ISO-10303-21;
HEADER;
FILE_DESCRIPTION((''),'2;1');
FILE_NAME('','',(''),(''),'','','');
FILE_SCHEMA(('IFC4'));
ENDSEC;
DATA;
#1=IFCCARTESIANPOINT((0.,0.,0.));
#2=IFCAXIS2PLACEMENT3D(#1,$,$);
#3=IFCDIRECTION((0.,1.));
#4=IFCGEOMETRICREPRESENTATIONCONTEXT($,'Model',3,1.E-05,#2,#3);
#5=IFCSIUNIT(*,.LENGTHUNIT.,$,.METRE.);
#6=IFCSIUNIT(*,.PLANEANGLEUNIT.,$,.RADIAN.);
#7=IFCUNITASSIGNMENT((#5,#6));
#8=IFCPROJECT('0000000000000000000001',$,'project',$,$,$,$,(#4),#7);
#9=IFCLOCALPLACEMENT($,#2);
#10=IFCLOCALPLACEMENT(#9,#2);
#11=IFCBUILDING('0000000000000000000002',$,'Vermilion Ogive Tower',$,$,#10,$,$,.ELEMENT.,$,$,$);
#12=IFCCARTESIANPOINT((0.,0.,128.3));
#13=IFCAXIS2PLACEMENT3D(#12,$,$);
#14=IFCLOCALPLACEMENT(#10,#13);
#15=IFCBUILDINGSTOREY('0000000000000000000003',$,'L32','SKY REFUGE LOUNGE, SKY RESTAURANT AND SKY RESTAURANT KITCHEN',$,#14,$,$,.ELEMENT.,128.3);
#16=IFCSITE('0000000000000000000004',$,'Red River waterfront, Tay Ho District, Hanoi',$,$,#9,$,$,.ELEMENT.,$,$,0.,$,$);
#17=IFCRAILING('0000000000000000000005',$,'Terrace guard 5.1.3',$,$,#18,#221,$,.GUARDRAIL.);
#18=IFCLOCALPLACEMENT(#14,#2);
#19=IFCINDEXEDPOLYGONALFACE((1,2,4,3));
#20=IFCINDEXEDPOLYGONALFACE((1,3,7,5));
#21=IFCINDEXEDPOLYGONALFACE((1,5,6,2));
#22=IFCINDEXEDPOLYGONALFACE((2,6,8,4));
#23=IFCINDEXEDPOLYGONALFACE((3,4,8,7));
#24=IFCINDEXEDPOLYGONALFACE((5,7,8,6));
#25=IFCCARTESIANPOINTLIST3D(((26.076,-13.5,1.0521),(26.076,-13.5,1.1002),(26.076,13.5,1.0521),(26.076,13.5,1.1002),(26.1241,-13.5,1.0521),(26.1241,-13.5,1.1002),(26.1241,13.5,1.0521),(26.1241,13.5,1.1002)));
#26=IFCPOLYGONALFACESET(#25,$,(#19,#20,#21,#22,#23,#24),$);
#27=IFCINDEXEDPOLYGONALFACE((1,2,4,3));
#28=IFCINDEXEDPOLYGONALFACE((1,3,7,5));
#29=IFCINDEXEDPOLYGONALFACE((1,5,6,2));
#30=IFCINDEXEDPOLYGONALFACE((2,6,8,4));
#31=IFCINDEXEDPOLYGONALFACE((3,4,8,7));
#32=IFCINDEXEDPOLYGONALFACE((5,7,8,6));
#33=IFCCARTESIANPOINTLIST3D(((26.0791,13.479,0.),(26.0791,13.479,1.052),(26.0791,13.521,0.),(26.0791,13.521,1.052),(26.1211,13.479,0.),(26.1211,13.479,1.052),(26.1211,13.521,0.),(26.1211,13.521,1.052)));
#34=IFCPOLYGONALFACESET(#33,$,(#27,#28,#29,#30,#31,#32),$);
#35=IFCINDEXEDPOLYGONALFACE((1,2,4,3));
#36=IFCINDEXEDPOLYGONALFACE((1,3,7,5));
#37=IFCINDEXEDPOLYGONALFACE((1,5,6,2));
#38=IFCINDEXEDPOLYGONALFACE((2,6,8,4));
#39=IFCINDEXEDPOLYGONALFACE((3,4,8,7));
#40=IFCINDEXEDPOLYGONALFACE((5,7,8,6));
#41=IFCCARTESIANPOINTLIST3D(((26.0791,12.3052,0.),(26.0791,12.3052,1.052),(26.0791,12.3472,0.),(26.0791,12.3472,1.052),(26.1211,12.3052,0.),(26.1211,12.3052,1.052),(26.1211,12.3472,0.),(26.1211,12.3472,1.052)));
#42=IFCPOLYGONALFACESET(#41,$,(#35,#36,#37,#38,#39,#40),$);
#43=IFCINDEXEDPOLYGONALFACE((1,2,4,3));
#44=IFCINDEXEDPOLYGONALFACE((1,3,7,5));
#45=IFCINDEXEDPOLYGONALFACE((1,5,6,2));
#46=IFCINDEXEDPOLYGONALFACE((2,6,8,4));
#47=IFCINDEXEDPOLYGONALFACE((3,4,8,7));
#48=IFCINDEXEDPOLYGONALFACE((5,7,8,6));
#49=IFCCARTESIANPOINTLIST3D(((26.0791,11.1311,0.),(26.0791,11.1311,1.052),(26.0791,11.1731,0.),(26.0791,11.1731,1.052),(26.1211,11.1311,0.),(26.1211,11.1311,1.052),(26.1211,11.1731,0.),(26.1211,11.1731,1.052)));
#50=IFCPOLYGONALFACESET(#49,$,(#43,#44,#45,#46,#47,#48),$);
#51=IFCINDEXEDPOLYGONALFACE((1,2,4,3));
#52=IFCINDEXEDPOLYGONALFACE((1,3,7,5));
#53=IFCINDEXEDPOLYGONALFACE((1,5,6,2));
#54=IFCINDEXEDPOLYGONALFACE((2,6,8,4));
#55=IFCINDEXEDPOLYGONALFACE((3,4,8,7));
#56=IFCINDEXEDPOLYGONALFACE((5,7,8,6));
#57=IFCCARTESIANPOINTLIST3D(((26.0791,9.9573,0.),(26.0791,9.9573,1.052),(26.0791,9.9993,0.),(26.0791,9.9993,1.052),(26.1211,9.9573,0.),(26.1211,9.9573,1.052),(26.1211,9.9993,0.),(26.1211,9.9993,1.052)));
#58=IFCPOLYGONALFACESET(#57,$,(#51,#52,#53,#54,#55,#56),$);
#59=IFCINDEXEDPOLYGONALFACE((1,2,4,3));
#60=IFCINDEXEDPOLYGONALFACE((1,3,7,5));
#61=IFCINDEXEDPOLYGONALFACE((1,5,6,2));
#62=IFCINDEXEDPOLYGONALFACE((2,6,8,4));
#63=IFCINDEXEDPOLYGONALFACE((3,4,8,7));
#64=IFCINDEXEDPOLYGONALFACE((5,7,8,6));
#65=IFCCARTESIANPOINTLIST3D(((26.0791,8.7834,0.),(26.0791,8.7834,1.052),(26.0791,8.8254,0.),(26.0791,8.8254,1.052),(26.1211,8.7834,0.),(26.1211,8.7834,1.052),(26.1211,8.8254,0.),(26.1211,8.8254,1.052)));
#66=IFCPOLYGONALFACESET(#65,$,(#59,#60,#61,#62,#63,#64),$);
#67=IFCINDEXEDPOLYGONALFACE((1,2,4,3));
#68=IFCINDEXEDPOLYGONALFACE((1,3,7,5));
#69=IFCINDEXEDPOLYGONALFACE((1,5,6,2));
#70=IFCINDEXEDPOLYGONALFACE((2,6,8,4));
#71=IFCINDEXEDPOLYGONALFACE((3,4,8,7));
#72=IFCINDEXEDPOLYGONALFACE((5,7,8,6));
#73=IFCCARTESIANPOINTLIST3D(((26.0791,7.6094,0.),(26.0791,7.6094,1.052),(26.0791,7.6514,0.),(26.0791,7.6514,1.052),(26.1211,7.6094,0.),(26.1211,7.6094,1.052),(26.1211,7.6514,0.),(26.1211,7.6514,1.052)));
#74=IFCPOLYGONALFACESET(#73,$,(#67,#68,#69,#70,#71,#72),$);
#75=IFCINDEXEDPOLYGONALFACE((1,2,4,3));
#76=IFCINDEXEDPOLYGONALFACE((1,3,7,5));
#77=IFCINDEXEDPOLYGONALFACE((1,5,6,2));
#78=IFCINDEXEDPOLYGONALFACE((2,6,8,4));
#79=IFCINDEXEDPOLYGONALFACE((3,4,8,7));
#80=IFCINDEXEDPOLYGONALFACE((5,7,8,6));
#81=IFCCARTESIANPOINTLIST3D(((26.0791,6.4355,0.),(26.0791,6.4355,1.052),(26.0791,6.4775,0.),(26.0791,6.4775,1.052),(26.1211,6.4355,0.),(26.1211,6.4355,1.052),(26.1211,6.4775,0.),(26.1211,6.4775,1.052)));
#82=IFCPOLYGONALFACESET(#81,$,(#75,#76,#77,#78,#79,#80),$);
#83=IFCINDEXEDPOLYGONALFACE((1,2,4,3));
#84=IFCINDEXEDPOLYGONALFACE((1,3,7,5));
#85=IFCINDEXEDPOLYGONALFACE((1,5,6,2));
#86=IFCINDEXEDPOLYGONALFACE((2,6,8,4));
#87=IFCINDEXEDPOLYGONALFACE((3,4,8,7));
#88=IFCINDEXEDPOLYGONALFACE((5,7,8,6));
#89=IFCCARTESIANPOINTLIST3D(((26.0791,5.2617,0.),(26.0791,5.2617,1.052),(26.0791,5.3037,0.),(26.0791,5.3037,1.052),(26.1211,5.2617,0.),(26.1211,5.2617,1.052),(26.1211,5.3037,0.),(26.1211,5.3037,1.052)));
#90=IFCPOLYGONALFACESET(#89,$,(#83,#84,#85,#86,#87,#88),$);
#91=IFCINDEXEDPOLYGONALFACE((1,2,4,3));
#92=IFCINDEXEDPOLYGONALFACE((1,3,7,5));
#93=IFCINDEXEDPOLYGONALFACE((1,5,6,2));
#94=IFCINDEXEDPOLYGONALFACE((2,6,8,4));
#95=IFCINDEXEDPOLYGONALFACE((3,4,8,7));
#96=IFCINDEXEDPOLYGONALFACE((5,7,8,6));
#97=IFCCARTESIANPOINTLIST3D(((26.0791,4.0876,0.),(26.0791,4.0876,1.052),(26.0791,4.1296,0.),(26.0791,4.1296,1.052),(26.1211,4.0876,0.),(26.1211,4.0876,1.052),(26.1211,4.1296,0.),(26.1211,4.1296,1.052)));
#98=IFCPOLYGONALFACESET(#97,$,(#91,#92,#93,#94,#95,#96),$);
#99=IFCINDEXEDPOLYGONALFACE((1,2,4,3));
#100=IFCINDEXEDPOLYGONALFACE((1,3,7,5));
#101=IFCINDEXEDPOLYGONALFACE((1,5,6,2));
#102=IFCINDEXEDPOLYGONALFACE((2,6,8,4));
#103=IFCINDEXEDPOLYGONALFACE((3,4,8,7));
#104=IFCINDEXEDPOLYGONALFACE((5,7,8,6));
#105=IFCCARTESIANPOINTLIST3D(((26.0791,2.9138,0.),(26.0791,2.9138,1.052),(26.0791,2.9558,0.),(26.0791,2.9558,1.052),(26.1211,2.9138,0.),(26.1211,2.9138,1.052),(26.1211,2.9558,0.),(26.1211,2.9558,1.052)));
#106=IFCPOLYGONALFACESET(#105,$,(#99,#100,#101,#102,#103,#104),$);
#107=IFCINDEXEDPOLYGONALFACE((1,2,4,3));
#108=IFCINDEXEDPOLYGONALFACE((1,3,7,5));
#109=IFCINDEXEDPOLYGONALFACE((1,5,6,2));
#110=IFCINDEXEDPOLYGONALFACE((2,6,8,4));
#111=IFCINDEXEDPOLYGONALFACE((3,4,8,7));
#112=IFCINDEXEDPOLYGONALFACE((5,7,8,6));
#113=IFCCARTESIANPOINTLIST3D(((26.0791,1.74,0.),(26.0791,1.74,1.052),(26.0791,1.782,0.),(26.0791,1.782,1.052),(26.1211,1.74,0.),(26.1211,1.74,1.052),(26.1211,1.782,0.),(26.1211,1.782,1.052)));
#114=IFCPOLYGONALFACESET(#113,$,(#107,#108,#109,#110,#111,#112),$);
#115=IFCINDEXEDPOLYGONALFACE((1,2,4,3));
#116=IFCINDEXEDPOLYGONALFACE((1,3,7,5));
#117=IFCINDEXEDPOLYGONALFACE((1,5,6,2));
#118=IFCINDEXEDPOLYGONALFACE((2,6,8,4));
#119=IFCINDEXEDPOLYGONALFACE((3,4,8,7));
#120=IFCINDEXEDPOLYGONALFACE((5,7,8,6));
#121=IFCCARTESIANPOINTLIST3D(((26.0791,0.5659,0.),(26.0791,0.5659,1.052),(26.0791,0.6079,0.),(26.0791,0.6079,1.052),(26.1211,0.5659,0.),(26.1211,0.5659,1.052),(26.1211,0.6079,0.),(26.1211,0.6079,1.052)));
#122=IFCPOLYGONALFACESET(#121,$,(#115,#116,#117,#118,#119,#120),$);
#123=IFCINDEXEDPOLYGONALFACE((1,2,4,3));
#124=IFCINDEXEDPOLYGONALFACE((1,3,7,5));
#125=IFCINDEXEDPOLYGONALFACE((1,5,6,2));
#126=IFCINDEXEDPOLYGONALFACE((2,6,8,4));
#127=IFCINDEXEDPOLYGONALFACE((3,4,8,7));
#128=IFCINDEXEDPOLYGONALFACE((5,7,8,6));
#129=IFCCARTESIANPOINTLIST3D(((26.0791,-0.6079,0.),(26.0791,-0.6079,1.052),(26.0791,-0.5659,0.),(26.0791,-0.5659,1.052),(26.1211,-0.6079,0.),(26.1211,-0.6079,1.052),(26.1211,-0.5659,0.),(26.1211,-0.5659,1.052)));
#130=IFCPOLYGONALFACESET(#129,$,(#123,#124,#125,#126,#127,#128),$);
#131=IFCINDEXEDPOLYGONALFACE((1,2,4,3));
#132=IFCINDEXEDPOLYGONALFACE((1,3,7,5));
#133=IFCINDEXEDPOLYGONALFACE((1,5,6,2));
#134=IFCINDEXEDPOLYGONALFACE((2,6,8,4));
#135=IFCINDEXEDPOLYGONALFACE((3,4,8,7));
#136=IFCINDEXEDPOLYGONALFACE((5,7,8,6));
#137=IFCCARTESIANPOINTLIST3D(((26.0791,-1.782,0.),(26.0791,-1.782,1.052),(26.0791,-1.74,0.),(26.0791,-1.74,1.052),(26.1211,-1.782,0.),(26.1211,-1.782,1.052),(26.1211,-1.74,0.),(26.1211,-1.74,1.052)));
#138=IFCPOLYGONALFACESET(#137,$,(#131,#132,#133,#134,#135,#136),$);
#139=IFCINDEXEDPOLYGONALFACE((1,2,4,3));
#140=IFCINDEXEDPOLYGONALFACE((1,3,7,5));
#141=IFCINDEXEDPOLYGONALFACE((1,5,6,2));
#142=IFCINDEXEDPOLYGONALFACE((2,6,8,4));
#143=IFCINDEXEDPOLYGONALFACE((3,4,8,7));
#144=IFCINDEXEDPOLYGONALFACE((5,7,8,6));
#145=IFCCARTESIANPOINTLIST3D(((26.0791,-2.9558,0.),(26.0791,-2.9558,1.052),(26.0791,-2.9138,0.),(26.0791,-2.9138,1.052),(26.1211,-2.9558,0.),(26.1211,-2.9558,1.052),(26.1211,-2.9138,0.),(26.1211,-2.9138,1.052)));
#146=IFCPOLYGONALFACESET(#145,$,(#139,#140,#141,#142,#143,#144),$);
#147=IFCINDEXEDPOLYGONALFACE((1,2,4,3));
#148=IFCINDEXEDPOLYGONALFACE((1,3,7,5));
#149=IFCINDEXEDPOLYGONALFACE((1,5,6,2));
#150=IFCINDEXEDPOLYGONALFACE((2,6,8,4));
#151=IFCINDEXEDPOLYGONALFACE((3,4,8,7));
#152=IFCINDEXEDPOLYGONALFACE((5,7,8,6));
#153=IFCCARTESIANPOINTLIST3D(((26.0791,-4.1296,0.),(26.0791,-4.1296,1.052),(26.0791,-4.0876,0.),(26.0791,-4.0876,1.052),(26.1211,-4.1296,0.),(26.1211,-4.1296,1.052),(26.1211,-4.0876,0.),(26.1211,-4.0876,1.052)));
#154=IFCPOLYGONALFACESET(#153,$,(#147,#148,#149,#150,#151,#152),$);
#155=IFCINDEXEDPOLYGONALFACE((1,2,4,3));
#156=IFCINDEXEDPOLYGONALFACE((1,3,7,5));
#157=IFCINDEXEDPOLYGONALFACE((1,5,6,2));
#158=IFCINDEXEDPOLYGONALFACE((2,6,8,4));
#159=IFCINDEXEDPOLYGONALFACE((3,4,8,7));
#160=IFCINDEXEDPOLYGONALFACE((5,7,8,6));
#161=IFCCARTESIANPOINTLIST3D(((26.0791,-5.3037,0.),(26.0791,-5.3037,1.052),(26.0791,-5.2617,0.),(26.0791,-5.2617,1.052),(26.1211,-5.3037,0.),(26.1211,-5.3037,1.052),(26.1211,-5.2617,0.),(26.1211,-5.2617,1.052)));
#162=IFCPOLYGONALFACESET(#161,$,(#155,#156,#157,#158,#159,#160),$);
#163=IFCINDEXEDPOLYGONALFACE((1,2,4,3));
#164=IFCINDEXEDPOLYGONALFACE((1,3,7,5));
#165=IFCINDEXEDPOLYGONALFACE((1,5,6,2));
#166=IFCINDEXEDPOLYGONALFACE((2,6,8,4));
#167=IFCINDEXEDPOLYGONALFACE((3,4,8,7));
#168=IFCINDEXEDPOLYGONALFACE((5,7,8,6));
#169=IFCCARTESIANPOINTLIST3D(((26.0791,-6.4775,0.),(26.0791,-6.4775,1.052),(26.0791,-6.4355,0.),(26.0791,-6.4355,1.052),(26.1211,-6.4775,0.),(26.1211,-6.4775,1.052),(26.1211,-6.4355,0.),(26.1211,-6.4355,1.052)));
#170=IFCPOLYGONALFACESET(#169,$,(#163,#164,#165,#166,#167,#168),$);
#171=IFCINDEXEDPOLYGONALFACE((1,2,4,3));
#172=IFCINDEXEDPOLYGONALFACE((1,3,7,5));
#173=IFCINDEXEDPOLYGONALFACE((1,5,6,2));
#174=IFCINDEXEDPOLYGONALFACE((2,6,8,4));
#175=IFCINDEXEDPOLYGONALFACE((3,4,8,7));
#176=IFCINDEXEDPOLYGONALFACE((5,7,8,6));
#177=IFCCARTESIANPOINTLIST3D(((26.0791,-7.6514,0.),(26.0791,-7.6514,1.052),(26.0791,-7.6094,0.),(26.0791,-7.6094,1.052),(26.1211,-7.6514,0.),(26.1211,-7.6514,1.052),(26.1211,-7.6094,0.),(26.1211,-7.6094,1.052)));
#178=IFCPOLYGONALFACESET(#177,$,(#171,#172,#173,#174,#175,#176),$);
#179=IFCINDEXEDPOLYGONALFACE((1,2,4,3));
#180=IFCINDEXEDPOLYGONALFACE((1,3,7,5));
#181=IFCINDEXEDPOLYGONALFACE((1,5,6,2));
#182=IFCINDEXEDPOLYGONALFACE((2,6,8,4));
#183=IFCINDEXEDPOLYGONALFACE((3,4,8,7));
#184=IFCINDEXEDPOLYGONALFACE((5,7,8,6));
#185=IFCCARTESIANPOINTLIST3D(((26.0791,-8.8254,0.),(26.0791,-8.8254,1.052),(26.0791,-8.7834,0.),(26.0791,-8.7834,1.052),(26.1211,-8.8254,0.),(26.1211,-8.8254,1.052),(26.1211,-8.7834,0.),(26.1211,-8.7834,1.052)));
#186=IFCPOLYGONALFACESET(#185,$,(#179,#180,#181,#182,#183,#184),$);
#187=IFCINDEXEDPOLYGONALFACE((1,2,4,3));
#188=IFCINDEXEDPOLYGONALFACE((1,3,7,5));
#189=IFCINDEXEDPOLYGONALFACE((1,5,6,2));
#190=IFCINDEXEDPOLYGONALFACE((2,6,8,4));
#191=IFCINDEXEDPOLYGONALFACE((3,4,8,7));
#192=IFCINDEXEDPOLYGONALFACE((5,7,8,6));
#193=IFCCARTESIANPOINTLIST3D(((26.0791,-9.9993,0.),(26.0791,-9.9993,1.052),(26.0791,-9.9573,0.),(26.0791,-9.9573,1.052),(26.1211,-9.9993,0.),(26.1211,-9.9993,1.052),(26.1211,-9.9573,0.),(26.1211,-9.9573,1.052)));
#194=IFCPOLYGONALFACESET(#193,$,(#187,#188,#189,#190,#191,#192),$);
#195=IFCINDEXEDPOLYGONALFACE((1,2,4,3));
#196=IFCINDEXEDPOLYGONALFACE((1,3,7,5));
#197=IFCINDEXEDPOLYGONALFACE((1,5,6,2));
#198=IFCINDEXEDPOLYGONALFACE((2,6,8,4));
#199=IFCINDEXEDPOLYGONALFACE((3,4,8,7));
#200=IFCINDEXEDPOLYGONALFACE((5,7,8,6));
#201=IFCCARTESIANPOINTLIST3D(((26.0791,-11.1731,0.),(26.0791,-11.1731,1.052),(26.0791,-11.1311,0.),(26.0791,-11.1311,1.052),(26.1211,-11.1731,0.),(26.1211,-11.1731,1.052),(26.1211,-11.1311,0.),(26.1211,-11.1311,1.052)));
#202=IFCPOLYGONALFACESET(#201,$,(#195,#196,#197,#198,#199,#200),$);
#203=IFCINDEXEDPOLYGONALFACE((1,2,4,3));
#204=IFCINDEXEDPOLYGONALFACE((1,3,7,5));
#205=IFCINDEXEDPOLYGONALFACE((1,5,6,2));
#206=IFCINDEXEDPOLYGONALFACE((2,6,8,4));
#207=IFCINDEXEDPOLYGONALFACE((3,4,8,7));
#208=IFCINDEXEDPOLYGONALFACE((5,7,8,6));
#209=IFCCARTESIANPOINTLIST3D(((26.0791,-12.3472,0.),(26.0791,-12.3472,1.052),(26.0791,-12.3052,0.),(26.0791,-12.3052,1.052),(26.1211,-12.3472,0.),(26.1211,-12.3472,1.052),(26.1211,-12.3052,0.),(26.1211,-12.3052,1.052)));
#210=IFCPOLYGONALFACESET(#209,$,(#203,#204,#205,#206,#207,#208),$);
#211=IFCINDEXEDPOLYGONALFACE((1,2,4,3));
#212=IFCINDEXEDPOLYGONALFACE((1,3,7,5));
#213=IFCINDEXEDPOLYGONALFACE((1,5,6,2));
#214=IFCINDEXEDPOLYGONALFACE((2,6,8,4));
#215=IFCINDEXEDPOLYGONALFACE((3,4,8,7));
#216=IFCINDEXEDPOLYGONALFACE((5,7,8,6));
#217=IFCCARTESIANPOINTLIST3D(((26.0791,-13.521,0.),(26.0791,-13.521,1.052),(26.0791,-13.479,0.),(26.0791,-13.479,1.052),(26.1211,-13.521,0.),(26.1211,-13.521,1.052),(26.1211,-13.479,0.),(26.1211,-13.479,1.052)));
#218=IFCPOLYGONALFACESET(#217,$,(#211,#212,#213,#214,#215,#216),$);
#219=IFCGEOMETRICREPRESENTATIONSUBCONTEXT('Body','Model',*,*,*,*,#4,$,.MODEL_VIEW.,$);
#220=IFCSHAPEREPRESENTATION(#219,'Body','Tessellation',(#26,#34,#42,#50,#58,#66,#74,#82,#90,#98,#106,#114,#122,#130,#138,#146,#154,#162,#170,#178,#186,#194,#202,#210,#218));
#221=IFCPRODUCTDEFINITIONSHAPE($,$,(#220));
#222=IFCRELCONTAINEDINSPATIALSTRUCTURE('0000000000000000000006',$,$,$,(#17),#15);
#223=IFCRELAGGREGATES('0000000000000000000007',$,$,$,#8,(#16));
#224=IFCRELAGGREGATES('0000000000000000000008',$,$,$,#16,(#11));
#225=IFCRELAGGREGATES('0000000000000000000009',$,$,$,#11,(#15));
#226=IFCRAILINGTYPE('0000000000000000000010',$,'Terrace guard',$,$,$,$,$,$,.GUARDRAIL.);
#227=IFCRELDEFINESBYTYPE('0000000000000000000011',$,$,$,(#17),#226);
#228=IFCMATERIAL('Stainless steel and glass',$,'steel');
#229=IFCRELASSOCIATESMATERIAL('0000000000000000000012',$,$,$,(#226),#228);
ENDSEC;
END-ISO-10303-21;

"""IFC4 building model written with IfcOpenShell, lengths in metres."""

from ifc_helpers import new_model, si_unit, direction, frame, origin, origin_2d, place, context, subcontext, project, spatial, rectangle, extrude, material, type_object, element, save


model = new_model("IFC4")

# Units and contexts
model_context = context("Model", 3, precision=1e-05, world=origin(), true_north=direction((0.0, 1.0)))
body_context = subcontext(model_context, "Body", "Model", "MODEL_VIEW")
ifc_project = project(units=[si_unit("LENGTHUNIT", "METRE"), si_unit("PLANEANGLEUNIT", "RADIAN")], contexts=[model_context])

# Site, building, storey
site_placement = place(None, origin())
site = spatial("IfcSite", under=ifc_project, at=site_placement, Name="Red River waterfront, Tay Ho District, Hanoi", CompositionType="ELEMENT", RefElevation=0.0)
building_placement = place(site_placement, origin())
building = spatial("IfcBuilding", under=site, at=building_placement, Name="Vermilion Ogive Tower", CompositionType="ELEMENT")
storey_placement = place(building_placement, frame((0.0, 0.0, 128.3)))
storey = spatial("IfcBuildingStorey", under=building, at=storey_placement, Name="L32", Description="SKY REFUGE LOUNGE, SKY RESTAURANT AND SKY RESTAURANT KITCHEN", CompositionType="ELEMENT", Elevation=128.3)

# Railing
ifc_material_1 = material(Name="Stainless steel and glass", Category="steel")
railing_type = type_object("IfcRailingType", Name="Terrace guard", PredefinedType="GUARDRAIL", material=ifc_material_1)
railing_1_placement = place(storey_placement, frame((26.1001, 13.5, 0.0)))
element("IfcRailing", 1, at=railing_1_placement, inside=storey, type_object=railing_type, Name="Terrace guard 5.1.3", PredefinedType="GUARDRAIL", context=body_context, shape_type="SweptSolid", body=[
    extrude(rectangle(XDim=0.0481, YDim=0.0481, at=origin_2d()), frame((0.0, 0.0, 1.0762), z_axis=(0.0, -1.0, 0.0), x_axis=(1.0, 0.0, 0.0)), (0.0, 0.0, 1.0), 27.0),
    extrude(rectangle(XDim=0.042, YDim=0.042, at=origin_2d()), origin(), (0.0, 0.0, 1.0), 1.052),
    extrude(rectangle(XDim=0.042, YDim=0.042, at=origin_2d()), frame((0.0, -1.1738, 0.0)), (0.0, 0.0, 1.0), 1.052),
    extrude(rectangle(XDim=0.042, YDim=0.042, at=origin_2d()), frame((0.0, -2.3479, 0.0)), (0.0, 0.0, 1.0), 1.052),
    extrude(rectangle(XDim=0.042, YDim=0.042, at=origin_2d()), frame((0.0, -3.5217, 0.0)), (0.0, 0.0, 1.0), 1.052),
    extrude(rectangle(XDim=0.042, YDim=0.042, at=origin_2d()), frame((0.0, -4.6956, 0.0)), (0.0, 0.0, 1.0), 1.052),
    extrude(rectangle(XDim=0.042, YDim=0.042, at=origin_2d()), frame((0.0, -5.8696, 0.0)), (0.0, 0.0, 1.0), 1.052),
    extrude(rectangle(XDim=0.042, YDim=0.042, at=origin_2d()), frame((0.0, -7.0435, 0.0)), (0.0, 0.0, 1.0), 1.052),
    extrude(rectangle(XDim=0.042, YDim=0.042, at=origin_2d()), frame((0.0, -8.2173, 0.0)), (0.0, 0.0, 1.0), 1.052),
    extrude(rectangle(XDim=0.042, YDim=0.042, at=origin_2d()), frame((0.0, -9.3914, 0.0)), (0.0, 0.0, 1.0), 1.052),
    extrude(rectangle(XDim=0.042, YDim=0.042, at=origin_2d()), frame((0.0, -10.5652, 0.0)), (0.0, 0.0, 1.0), 1.052),
    extrude(rectangle(XDim=0.042, YDim=0.042, at=origin_2d()), frame((0.0, -11.739, 0.0)), (0.0, 0.0, 1.0), 1.052),
    extrude(rectangle(XDim=0.042, YDim=0.042, at=origin_2d()), frame((0.0, -12.9131, 0.0)), (0.0, 0.0, 1.0), 1.052),
    extrude(rectangle(XDim=0.042, YDim=0.042, at=origin_2d()), frame((0.0, -14.0869, 0.0)), (0.0, 0.0, 1.0), 1.052),
    extrude(rectangle(XDim=0.042, YDim=0.042, at=origin_2d()), frame((0.0, -15.261, 0.0)), (0.0, 0.0, 1.0), 1.052),
    extrude(rectangle(XDim=0.042, YDim=0.042, at=origin_2d()), frame((0.0, -16.4348, 0.0)), (0.0, 0.0, 1.0), 1.052),
    extrude(rectangle(XDim=0.042, YDim=0.042, at=origin_2d()), frame((0.0, -17.6086, 0.0)), (0.0, 0.0, 1.0), 1.052),
    extrude(rectangle(XDim=0.042, YDim=0.042, at=origin_2d()), frame((0.0, -18.7827, 0.0)), (0.0, 0.0, 1.0), 1.052),
    extrude(rectangle(XDim=0.042, YDim=0.042, at=origin_2d()), frame((0.0, -19.9565, 0.0)), (0.0, 0.0, 1.0), 1.052),
    extrude(rectangle(XDim=0.042, YDim=0.042, at=origin_2d()), frame((0.0, -21.1304, 0.0)), (0.0, 0.0, 1.0), 1.052),
    extrude(rectangle(XDim=0.042, YDim=0.042, at=origin_2d()), frame((0.0, -22.3044, 0.0)), (0.0, 0.0, 1.0), 1.052),
    extrude(rectangle(XDim=0.042, YDim=0.042, at=origin_2d()), frame((0.0, -23.4783, 0.0)), (0.0, 0.0, 1.0), 1.052),
    extrude(rectangle(XDim=0.042, YDim=0.042, at=origin_2d()), frame((0.0, -24.6521, 0.0)), (0.0, 0.0, 1.0), 1.052),
    extrude(rectangle(XDim=0.042, YDim=0.042, at=origin_2d()), frame((0.0, -25.8262, 0.0)), (0.0, 0.0, 1.0), 1.052),
    extrude(rectangle(XDim=0.042, YDim=0.042, at=origin_2d()), frame((0.0, -27.0, 0.0)), (0.0, 0.0, 1.0), 1.052),
])

save(model, "model.ifc")
